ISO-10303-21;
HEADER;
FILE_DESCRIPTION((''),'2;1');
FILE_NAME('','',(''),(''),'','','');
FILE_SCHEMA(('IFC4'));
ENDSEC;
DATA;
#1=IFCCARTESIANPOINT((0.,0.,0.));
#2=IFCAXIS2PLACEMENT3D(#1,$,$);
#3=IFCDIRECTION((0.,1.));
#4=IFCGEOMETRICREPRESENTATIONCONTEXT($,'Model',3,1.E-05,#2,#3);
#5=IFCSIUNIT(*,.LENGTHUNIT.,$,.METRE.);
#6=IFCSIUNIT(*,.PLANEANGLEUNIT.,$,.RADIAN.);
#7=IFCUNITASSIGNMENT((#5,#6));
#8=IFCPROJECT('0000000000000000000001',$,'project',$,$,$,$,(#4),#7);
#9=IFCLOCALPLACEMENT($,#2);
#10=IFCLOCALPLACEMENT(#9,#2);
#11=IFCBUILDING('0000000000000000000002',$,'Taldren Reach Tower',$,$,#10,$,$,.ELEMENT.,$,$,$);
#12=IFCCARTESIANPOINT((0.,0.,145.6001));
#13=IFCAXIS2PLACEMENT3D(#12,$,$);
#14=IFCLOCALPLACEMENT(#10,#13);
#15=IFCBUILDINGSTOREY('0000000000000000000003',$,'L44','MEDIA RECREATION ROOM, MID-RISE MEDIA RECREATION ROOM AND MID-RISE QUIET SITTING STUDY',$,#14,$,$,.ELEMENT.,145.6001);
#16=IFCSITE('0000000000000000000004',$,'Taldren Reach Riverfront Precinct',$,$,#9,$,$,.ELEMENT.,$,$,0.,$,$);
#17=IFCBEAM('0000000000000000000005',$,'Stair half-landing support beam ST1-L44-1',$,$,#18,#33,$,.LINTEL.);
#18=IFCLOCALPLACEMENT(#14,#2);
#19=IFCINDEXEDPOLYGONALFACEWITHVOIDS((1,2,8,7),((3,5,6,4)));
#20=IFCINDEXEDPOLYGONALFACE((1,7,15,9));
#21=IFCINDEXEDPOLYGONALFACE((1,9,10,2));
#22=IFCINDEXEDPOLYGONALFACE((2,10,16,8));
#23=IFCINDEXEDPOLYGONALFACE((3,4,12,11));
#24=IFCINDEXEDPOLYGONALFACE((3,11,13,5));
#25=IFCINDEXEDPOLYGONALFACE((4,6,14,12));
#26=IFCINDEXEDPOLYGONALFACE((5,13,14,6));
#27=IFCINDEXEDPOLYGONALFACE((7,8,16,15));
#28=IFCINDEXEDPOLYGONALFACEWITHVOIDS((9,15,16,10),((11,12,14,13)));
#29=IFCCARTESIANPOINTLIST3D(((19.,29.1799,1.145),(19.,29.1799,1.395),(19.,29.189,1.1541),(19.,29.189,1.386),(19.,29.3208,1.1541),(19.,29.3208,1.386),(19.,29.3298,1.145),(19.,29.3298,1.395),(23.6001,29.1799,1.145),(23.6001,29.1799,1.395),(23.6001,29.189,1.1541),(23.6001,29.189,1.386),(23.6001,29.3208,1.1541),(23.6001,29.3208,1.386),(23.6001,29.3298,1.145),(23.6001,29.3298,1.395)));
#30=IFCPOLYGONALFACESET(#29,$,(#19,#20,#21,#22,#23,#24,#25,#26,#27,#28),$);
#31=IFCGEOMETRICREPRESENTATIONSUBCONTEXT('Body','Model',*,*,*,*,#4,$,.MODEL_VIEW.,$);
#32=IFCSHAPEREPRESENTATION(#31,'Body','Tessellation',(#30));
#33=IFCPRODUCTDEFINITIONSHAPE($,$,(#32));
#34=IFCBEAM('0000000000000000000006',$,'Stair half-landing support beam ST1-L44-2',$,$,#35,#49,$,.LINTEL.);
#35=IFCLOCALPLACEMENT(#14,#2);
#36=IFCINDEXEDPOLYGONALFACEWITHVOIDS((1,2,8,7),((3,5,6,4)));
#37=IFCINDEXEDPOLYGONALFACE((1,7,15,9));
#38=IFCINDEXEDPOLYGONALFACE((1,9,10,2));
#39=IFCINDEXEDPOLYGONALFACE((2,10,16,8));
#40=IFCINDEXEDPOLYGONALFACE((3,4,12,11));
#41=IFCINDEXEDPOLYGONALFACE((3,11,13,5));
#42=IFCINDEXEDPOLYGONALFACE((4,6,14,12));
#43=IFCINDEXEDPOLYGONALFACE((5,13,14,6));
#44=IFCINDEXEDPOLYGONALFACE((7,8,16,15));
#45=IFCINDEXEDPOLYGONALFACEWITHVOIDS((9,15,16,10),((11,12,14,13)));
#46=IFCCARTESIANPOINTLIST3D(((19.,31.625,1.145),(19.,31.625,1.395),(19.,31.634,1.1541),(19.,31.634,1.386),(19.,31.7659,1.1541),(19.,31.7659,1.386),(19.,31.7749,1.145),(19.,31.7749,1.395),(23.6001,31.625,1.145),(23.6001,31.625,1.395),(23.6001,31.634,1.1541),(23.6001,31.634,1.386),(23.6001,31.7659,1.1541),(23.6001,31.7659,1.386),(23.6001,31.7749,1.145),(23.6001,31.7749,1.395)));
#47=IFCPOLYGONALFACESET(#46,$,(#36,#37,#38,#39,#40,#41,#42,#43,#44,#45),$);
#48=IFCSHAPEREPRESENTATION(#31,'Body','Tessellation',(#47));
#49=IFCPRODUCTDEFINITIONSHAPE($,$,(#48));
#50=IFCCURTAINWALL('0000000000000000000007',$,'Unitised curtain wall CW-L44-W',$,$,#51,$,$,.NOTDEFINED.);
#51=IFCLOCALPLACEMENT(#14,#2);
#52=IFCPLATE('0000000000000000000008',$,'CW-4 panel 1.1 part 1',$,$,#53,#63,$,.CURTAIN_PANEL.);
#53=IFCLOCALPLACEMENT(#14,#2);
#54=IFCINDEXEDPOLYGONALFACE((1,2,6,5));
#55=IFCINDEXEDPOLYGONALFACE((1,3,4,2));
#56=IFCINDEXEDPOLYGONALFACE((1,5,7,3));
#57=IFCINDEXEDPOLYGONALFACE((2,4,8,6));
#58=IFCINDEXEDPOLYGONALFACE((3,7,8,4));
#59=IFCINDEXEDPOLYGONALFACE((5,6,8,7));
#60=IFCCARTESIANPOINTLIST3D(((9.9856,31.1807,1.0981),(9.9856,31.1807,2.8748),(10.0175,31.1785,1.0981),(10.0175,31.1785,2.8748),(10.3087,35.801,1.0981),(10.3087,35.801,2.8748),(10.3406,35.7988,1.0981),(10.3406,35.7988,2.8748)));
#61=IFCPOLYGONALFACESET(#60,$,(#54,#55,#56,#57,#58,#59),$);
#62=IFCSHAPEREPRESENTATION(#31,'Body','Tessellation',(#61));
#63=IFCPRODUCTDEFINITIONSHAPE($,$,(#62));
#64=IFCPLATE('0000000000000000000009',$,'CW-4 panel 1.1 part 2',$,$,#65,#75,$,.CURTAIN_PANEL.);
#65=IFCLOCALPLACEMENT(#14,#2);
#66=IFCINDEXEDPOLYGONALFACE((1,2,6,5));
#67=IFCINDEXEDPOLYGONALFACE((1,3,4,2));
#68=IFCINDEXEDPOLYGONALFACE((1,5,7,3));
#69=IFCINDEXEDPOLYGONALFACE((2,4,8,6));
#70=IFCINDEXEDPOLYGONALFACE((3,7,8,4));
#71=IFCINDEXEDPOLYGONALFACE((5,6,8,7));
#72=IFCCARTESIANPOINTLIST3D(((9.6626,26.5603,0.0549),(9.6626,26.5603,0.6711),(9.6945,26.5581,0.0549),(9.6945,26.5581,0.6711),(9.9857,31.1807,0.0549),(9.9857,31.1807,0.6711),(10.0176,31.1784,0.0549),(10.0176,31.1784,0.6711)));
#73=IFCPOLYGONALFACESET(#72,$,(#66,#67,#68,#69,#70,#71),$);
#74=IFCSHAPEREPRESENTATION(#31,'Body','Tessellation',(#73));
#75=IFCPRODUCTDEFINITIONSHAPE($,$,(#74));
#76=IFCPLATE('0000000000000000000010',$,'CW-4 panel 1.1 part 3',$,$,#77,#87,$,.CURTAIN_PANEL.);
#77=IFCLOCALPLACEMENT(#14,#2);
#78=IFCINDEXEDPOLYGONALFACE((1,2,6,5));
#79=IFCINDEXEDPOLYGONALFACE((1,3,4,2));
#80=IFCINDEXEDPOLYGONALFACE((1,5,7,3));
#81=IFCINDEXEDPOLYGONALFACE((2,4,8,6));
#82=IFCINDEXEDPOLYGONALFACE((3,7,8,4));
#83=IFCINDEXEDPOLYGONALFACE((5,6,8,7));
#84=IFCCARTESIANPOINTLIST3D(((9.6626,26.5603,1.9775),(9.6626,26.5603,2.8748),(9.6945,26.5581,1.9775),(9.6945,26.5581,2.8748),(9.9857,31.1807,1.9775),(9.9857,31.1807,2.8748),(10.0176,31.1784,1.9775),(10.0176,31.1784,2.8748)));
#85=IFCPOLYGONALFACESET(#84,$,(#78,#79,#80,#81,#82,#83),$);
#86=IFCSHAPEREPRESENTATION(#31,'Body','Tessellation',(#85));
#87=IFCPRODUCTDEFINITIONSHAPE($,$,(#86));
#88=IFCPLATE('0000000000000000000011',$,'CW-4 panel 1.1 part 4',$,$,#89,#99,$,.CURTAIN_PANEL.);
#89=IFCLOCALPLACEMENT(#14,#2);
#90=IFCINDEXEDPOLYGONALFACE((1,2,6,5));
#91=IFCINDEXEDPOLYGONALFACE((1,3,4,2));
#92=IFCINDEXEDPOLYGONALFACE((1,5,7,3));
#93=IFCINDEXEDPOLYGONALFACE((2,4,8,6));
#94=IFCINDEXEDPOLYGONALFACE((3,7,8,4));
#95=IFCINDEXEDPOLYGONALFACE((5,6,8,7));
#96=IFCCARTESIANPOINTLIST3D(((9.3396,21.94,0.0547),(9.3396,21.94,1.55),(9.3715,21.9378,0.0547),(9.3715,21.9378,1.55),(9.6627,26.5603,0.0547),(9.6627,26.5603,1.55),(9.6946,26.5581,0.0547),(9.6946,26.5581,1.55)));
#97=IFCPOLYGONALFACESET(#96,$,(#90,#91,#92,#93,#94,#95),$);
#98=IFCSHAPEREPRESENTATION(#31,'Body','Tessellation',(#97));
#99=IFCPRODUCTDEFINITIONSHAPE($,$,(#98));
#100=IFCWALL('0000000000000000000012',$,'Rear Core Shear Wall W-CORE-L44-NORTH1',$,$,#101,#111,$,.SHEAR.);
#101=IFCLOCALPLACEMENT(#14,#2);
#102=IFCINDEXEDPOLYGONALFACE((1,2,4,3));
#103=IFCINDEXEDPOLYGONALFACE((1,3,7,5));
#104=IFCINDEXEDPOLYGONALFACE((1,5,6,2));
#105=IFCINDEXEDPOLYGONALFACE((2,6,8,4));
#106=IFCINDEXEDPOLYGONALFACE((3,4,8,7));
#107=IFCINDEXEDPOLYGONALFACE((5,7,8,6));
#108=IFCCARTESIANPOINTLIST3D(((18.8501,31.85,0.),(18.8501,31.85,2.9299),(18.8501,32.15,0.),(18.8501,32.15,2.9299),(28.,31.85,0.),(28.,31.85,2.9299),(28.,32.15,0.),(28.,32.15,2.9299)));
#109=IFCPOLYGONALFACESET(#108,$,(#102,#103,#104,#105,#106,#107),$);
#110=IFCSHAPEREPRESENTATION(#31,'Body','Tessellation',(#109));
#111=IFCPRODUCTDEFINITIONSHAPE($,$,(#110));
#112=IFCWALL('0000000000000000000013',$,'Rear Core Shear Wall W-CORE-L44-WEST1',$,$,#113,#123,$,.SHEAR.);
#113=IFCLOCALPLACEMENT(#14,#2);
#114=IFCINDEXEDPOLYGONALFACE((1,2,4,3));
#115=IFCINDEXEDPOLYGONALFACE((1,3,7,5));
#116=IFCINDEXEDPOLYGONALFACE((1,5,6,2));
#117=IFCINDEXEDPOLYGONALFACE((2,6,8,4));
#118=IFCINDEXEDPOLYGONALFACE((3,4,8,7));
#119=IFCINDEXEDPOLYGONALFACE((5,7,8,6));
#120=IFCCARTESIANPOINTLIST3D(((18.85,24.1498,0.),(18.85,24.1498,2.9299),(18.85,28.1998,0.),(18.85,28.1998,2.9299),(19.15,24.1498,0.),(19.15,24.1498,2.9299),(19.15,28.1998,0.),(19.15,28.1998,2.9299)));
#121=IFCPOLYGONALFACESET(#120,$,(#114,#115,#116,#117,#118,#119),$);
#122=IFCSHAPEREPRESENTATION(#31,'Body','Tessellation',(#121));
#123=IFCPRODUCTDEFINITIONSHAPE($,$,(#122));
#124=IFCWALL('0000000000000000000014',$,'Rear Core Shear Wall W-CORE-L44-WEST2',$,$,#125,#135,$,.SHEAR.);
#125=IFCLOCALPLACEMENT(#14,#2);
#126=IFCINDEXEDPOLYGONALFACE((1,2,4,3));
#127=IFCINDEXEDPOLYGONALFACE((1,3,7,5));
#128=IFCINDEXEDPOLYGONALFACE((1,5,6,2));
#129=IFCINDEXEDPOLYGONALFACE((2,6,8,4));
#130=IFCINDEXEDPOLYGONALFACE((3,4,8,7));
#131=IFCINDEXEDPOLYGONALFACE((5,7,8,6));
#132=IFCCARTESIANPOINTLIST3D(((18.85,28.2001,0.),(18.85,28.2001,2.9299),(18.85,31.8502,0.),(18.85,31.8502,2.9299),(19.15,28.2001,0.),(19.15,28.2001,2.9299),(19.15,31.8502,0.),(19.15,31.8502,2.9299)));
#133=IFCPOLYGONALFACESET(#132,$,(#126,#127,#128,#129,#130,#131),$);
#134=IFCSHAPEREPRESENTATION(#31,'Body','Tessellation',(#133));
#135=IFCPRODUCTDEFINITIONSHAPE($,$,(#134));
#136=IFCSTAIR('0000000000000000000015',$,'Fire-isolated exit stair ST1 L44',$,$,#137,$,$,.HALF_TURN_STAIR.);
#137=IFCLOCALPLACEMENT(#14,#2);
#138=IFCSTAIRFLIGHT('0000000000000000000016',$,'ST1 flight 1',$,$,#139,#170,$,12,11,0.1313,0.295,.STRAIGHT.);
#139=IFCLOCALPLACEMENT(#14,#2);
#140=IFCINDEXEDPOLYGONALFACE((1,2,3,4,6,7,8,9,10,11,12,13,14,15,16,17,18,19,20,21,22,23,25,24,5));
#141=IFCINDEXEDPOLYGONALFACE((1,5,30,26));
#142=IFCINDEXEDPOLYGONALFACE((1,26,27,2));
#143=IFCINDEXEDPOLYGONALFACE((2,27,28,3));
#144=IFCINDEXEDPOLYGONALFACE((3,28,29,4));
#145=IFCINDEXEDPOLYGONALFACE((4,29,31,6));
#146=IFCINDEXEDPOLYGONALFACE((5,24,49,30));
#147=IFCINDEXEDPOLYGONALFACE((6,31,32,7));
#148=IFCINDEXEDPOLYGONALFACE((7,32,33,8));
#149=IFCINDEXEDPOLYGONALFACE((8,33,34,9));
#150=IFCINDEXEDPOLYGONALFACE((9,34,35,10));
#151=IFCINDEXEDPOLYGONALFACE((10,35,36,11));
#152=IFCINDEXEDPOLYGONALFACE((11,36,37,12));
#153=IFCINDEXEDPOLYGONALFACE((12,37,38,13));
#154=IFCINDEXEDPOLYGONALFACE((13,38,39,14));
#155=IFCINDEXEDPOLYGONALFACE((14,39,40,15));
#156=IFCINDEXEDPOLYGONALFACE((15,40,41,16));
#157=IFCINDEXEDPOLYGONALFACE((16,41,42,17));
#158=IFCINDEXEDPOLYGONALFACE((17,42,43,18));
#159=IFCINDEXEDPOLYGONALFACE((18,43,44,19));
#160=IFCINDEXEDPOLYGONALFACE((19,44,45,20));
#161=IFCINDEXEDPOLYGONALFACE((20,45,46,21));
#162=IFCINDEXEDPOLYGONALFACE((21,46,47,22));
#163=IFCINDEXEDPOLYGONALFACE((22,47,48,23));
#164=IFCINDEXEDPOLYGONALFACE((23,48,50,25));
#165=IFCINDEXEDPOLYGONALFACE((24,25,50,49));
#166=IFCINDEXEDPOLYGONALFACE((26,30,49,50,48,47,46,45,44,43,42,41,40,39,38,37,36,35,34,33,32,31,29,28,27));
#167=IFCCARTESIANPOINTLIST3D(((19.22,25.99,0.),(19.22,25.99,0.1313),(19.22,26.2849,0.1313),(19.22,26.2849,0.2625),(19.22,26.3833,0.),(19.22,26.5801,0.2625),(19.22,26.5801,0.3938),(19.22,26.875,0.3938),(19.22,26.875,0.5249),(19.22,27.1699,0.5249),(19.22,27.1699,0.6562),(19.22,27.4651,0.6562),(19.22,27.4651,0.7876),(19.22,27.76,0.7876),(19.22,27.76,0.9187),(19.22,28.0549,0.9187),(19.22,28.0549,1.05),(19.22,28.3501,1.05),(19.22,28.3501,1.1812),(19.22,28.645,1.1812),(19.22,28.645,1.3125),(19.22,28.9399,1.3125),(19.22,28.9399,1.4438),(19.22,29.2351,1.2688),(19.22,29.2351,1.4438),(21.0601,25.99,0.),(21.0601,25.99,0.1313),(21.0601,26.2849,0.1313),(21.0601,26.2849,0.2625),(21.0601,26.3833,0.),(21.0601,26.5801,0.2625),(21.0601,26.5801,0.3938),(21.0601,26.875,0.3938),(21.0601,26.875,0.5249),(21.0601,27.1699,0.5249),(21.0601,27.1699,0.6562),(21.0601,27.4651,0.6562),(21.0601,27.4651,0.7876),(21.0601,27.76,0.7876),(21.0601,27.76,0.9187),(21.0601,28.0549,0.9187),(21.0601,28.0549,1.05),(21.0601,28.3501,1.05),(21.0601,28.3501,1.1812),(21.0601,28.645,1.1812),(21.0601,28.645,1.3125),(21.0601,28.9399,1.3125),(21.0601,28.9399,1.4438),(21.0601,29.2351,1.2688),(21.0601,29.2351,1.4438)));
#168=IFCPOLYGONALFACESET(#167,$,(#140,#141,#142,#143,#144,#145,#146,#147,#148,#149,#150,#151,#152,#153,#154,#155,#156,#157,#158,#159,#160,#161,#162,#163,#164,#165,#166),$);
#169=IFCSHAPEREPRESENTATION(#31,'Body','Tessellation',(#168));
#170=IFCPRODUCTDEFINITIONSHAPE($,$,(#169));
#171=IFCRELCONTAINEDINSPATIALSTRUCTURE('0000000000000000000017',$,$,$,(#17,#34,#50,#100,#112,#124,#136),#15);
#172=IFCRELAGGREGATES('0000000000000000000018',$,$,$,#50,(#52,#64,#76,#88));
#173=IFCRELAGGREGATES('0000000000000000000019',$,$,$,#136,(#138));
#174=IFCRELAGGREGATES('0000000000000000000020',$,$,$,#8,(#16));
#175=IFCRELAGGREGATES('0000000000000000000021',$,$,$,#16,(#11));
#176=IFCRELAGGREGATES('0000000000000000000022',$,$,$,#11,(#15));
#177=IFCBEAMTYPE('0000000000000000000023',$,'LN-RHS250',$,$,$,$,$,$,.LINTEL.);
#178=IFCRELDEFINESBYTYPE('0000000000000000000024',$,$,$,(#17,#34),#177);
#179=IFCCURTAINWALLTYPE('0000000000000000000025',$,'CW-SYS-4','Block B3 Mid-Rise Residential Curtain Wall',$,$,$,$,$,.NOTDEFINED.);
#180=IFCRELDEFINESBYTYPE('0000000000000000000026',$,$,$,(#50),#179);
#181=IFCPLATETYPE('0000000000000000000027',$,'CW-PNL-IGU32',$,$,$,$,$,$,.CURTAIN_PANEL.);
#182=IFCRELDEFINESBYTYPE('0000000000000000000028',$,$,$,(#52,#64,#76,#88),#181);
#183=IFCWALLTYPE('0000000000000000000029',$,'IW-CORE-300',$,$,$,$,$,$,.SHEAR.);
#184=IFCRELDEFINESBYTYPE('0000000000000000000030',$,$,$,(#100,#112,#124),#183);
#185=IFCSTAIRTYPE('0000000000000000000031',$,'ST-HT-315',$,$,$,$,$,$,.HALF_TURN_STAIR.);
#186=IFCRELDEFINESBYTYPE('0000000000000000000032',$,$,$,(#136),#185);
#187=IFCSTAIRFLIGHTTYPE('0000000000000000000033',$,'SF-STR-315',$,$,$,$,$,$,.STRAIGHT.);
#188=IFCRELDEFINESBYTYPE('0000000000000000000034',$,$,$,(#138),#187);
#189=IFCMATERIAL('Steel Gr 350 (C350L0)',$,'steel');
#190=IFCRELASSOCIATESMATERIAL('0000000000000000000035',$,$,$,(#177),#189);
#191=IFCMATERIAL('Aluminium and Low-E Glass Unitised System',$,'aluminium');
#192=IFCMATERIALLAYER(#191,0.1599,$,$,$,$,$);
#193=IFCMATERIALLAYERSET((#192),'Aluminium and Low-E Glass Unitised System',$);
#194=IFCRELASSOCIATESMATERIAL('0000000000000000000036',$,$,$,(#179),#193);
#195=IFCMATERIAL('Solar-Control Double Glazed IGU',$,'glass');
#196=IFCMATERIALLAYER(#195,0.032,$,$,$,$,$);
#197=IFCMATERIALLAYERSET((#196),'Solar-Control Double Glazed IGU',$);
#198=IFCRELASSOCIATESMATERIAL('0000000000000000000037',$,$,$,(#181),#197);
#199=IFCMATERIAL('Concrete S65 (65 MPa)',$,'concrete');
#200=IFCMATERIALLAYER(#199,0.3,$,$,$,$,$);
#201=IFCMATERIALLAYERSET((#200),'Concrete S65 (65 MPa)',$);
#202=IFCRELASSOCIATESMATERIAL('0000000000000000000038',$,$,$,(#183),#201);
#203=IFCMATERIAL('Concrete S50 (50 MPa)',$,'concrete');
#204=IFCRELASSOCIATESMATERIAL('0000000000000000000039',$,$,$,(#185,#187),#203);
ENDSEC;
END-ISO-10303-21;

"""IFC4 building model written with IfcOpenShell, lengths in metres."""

from ifc_helpers import new_model, si_unit, direction, frame, frame_2d, origin, origin_2d, place, context, subcontext, project, spatial, polyline, rectangle, hollow_rectangle, outline, extrude, source, transform, mapped, material, layer, layer_set, material_profile, profile_set, type_object, element, aggregate, save


model = new_model("IFC4")

# Units and contexts
model_context = context("Model", 3, precision=1e-05, world=origin(), true_north=direction((0.0, 1.0)))
body_context = subcontext(model_context, "Body", "Model", "MODEL_VIEW")
ifc_project = project(units=[si_unit("LENGTHUNIT", "METRE"), si_unit("PLANEANGLEUNIT", "RADIAN")], contexts=[model_context])

# Site, building, storey
site_placement = place(None, origin())
site = spatial("IfcSite", under=ifc_project, at=site_placement, Name="Taldren Reach Riverfront Precinct", CompositionType="ELEMENT", RefElevation=0.0)
building_placement = place(site_placement, origin())
building = spatial("IfcBuilding", under=site, at=building_placement, Name="Taldren Reach Tower", CompositionType="ELEMENT")
storey_placement = place(building_placement, frame((0.0, 0.0, 145.6001)))
storey = spatial("IfcBuildingStorey", under=building, at=storey_placement, Name="L44", Description="MEDIA RECREATION ROOM, MID-RISE MEDIA RECREATION ROOM AND MID-RISE QUIET SITTING STUDY", CompositionType="ELEMENT", Elevation=145.6001)

# Beams
ifc_material_1 = material(Name="Steel Gr 350 (C350L0)", Category="steel")
ifc_material_profile_1 = material_profile(ifc_material_1, hollow_rectangle(XDim=0.1499, YDim=0.25, WallThickness=0.009, at=origin_2d()), Name="250x150x9.0RHS")
ifc_profile_set_1 = profile_set([ifc_material_profile_1], Name="Steel Gr 350 (C350L0)")
beam_type_1 = type_object("IfcBeamType", Name="LN-RHS250", PredefinedType="LINTEL", material=ifc_profile_set_1)
shared_shape_1 = source(origin(), body_context, "Body", "SweptSolid", [
    extrude(hollow_rectangle(XDim=0.1499, YDim=0.25, WallThickness=0.009, at=origin_2d()), origin(), (0.0, 0.0, 1.0), 4.6001),
])
for number, where, z_axis, x_axis, name in (
    (1, (19.0, 29.2549, 1.27), (1.0, 0.0, 0.0), (0.0, 1.0, 0.0), "Stair half-landing support beam ST1-L44-1"),
    (2, (19.0, 31.7, 1.27), (1.0, 0.0, 0.0), (0.0, 1.0, 0.0), "Stair half-landing support beam ST1-L44-2"),
):
    element("IfcBeam", number, at=place(storey_placement, frame(where, z_axis=z_axis, x_axis=x_axis)), inside=storey, type_object=beam_type_1, Name=name, PredefinedType="LINTEL", context=body_context, shape_type="MappedRepresentation", body=[
        mapped(shared_shape_1, transform((0.0, 0.0, 0.0), scale=1.0)),
    ])

# Curtain wall, plates
ifc_material_2 = material(Name="Aluminium and Low-E Glass Unitised System", Category="aluminium")
ifc_layer_1 = layer(ifc_material_2, 0.1599)
ifc_layer_set_1 = layer_set([ifc_layer_1], Name="Aluminium and Low-E Glass Unitised System")
curtain_wall_type = type_object("IfcCurtainWallType", Name="CW-SYS-4", Description="Block B3 Mid-Rise Residential Curtain Wall", PredefinedType="NOTDEFINED", material=ifc_layer_set_1)
curtain_wall_placement = place(storey_placement, origin())
curtain_wall = element("IfcCurtainWall", 3, at=curtain_wall_placement, inside=storey, type_object=curtain_wall_type, Name="Unitised curtain wall CW-L44-W", PredefinedType="NOTDEFINED")
ifc_material_3 = material(Name="Solar-Control Double Glazed IGU", Category="glass")
ifc_layer_2 = layer(ifc_material_3, 0.032)
ifc_layer_set_2 = layer_set([ifc_layer_2], Name="Solar-Control Double Glazed IGU")
plate_type = type_object("IfcPlateType", Name="CW-PNL-IGU32", PredefinedType="CURTAIN_PANEL", material=ifc_layer_set_2)
shared_shape_2 = source(origin(), body_context, "Body", "SweptSolid", [
    extrude(rectangle(XDim=4.6316, YDim=0.032, at=origin_2d()), origin(), (0.0, 0.0, 1.0), 1.7766),
])
plate_1_placement = place(storey_placement, frame((10.1631, 33.4897, 1.0981), z_axis=(0.0, 0.0, 1.0), x_axis=(-0.069756, -0.997564, 0.0)))
plate_1 = element("IfcPlate", 4, at=plate_1_placement, type_object=plate_type, Name="CW-4 panel 1.1 part 1", PredefinedType="CURTAIN_PANEL", context=body_context, shape_type="MappedRepresentation", body=[
    mapped(shared_shape_2, transform((0.0, 0.0, 0.0), scale=1.0)),
])
shared_shape_3 = source(origin(), body_context, "Body", "SweptSolid", [
    extrude(rectangle(XDim=4.6316, YDim=0.032, at=origin_2d()), origin(), (0.0, 0.0, 1.0), 0.6162),
])
plate_2_placement = place(storey_placement, frame((9.8401, 28.8694, 0.0549), z_axis=(0.0, 0.0, 1.0), x_axis=(-0.069756, -0.997564, 0.0)))
plate_2 = element("IfcPlate", 5, at=plate_2_placement, type_object=plate_type, Name="CW-4 panel 1.1 part 2", PredefinedType="CURTAIN_PANEL", context=body_context, shape_type="MappedRepresentation", body=[
    mapped(shared_shape_3, transform((0.0, 0.0, 0.0), scale=1.0)),
])
shared_shape_4 = source(origin(), body_context, "Body", "SweptSolid", [
    extrude(rectangle(XDim=4.6316, YDim=0.032, at=origin_2d()), origin(), (0.0, 0.0, 1.0), 0.8972),
])
plate_3_placement = place(storey_placement, frame((9.8401, 28.8694, 1.9775), z_axis=(0.0, 0.0, 1.0), x_axis=(-0.069756, -0.997564, 0.0)))
plate_3 = element("IfcPlate", 6, at=plate_3_placement, type_object=plate_type, Name="CW-4 panel 1.1 part 3", PredefinedType="CURTAIN_PANEL", context=body_context, shape_type="MappedRepresentation", body=[
    mapped(shared_shape_4, transform((0.0, 0.0, 0.0), scale=1.0)),
])
shared_shape_5 = source(origin(), body_context, "Body", "SweptSolid", [
    extrude(rectangle(XDim=4.6316, YDim=0.032, at=origin_2d()), origin(), (0.0, 0.0, 1.0), 1.4954),
])
plate_4_placement = place(storey_placement, frame((9.5171, 24.249, 0.0547), z_axis=(0.0, 0.0, 1.0), x_axis=(-0.069756, -0.997564, 0.0)))
plate_4 = element("IfcPlate", 7, at=plate_4_placement, type_object=plate_type, Name="CW-4 panel 1.1 part 4", PredefinedType="CURTAIN_PANEL", context=body_context, shape_type="MappedRepresentation", body=[
    mapped(shared_shape_5, transform((0.0, 0.0, 0.0), scale=1.0)),
])
aggregate(curtain_wall, [plate_1, plate_2, plate_3, plate_4])

# Walls
ifc_material_4 = material(Name="Concrete S65 (65 MPa)", Category="concrete")
ifc_layer_3 = layer(ifc_material_4, 0.3)
ifc_layer_set_3 = layer_set([ifc_layer_3], Name="Concrete S65 (65 MPa)")
wall_type = type_object("IfcWallType", Name="IW-CORE-300", PredefinedType="SHEAR", material=ifc_layer_set_3)
shared_shape_6 = source(origin(), body_context, "Body", "SweptSolid", [
    extrude(rectangle(XDim=9.1499, YDim=0.3, at=frame_2d((4.575, 0.0))), origin(), (0.0, 0.0, 1.0), 2.9299),
])
wall_1_placement = place(storey_placement, frame((18.8501, 32.0, 0.0), z_axis=(0.0, 0.0, 1.0), x_axis=(1.0, 0.0, 0.0)))
element("IfcWall", 8, at=wall_1_placement, inside=storey, type_object=wall_type, Name="Rear Core Shear Wall W-CORE-L44-NORTH1", PredefinedType="SHEAR", context=body_context, shape_type="MappedRepresentation", body=[
    mapped(shared_shape_6, transform((0.0, 0.0, 0.0), scale=1.0)),
])
shared_shape_7 = source(origin(), body_context, "Body", "SweptSolid", [
    extrude(rectangle(XDim=4.05, YDim=0.3, at=frame_2d((2.0249, 0.0))), origin(), (0.0, 0.0, 1.0), 2.9299),
])
wall_2_placement = place(storey_placement, frame((19.0, 24.1499, 0.0), z_axis=(0.0, 0.0, 1.0), x_axis=(0.0, 1.0, 0.0)))
element("IfcWall", 9, at=wall_2_placement, inside=storey, type_object=wall_type, Name="Rear Core Shear Wall W-CORE-L44-WEST1", PredefinedType="SHEAR", context=body_context, shape_type="MappedRepresentation", body=[
    mapped(shared_shape_7, transform((0.0, 0.0, 0.0), scale=1.0)),
])
shared_shape_8 = source(origin(), body_context, "Body", "SweptSolid", [
    extrude(rectangle(XDim=3.6501, YDim=0.3, at=frame_2d((1.8252, 0.0))), origin(), (0.0, 0.0, 1.0), 2.9299),
])
wall_3_placement = place(storey_placement, frame((19.0, 28.2, 0.0), z_axis=(0.0, 0.0, 1.0), x_axis=(0.0, 1.0, 0.0)))
element("IfcWall", 10, at=wall_3_placement, inside=storey, type_object=wall_type, Name="Rear Core Shear Wall W-CORE-L44-WEST2", PredefinedType="SHEAR", context=body_context, shape_type="MappedRepresentation", body=[
    mapped(shared_shape_8, transform((0.0, 0.0, 0.0), scale=1.0)),
])

# Stair, stair flight
ifc_material_5 = material(Name="Concrete S50 (50 MPa)", Category="concrete")
stair_type = type_object("IfcStairType", Name="ST-HT-315", PredefinedType="HALF_TURN_STAIR", material=ifc_material_5)
stair_placement = place(storey_placement, origin())
stair = element("IfcStair", 11, at=stair_placement, inside=storey, type_object=stair_type, Name="Fire-isolated exit stair ST1 L44", PredefinedType="HALF_TURN_STAIR")
stair_flight_type = type_object("IfcStairFlightType", Name="SF-STR-315", PredefinedType="STRAIGHT", material=ifc_material_5)
stair_flight_placement = place(storey_placement, frame((20.1399, 25.99, 0.0), z_axis=(0.0, 0.0, 1.0), x_axis=(0.0, 1.0, 0.0)))
stair_flight = element("IfcStairFlight", 12, at=stair_flight_placement, type_object=stair_flight_type, Name="ST1 flight 1", NumberOfRisers=12, NumberOfTreads=11, PredefinedType="STRAIGHT", RiserHeight=0.1313, TreadLength=0.295, context=body_context, shape_type="SweptSolid", body=[
    extrude(outline(polyline([(0.0, 0.0), (0.0, 0.1313), (0.2949, 0.1313), (0.2949, 0.2625), (0.5901, 0.2625), (0.5901, 0.3938), (0.885, 0.3938), (0.885, 0.5249), (1.1799, 0.5249), (1.1799, 0.6562), (1.4751, 0.6562), (1.4751, 0.7876), (1.77, 0.7876), (1.77, 0.9187), (2.0649, 0.9187), (2.0649, 1.05), (2.3601, 1.05), (2.3601, 1.1812), (2.655, 1.1812), (2.655, 1.3125), (2.95, 1.3125), (2.95, 1.4438), (3.2451, 1.4438), (3.2451, 1.575), (3.2451, 1.2688), (0.3933, 0.0), (0.0, 0.0)])), frame((0.0, 0.9199, 0.0), z_axis=(0.0, -1.0, 0.0), x_axis=(1.0, 0.0, 0.0)), (0.0, 0.0, 1.0), 1.8401),
])
aggregate(stair, [stair_flight])

save(model, "model.ifc")
